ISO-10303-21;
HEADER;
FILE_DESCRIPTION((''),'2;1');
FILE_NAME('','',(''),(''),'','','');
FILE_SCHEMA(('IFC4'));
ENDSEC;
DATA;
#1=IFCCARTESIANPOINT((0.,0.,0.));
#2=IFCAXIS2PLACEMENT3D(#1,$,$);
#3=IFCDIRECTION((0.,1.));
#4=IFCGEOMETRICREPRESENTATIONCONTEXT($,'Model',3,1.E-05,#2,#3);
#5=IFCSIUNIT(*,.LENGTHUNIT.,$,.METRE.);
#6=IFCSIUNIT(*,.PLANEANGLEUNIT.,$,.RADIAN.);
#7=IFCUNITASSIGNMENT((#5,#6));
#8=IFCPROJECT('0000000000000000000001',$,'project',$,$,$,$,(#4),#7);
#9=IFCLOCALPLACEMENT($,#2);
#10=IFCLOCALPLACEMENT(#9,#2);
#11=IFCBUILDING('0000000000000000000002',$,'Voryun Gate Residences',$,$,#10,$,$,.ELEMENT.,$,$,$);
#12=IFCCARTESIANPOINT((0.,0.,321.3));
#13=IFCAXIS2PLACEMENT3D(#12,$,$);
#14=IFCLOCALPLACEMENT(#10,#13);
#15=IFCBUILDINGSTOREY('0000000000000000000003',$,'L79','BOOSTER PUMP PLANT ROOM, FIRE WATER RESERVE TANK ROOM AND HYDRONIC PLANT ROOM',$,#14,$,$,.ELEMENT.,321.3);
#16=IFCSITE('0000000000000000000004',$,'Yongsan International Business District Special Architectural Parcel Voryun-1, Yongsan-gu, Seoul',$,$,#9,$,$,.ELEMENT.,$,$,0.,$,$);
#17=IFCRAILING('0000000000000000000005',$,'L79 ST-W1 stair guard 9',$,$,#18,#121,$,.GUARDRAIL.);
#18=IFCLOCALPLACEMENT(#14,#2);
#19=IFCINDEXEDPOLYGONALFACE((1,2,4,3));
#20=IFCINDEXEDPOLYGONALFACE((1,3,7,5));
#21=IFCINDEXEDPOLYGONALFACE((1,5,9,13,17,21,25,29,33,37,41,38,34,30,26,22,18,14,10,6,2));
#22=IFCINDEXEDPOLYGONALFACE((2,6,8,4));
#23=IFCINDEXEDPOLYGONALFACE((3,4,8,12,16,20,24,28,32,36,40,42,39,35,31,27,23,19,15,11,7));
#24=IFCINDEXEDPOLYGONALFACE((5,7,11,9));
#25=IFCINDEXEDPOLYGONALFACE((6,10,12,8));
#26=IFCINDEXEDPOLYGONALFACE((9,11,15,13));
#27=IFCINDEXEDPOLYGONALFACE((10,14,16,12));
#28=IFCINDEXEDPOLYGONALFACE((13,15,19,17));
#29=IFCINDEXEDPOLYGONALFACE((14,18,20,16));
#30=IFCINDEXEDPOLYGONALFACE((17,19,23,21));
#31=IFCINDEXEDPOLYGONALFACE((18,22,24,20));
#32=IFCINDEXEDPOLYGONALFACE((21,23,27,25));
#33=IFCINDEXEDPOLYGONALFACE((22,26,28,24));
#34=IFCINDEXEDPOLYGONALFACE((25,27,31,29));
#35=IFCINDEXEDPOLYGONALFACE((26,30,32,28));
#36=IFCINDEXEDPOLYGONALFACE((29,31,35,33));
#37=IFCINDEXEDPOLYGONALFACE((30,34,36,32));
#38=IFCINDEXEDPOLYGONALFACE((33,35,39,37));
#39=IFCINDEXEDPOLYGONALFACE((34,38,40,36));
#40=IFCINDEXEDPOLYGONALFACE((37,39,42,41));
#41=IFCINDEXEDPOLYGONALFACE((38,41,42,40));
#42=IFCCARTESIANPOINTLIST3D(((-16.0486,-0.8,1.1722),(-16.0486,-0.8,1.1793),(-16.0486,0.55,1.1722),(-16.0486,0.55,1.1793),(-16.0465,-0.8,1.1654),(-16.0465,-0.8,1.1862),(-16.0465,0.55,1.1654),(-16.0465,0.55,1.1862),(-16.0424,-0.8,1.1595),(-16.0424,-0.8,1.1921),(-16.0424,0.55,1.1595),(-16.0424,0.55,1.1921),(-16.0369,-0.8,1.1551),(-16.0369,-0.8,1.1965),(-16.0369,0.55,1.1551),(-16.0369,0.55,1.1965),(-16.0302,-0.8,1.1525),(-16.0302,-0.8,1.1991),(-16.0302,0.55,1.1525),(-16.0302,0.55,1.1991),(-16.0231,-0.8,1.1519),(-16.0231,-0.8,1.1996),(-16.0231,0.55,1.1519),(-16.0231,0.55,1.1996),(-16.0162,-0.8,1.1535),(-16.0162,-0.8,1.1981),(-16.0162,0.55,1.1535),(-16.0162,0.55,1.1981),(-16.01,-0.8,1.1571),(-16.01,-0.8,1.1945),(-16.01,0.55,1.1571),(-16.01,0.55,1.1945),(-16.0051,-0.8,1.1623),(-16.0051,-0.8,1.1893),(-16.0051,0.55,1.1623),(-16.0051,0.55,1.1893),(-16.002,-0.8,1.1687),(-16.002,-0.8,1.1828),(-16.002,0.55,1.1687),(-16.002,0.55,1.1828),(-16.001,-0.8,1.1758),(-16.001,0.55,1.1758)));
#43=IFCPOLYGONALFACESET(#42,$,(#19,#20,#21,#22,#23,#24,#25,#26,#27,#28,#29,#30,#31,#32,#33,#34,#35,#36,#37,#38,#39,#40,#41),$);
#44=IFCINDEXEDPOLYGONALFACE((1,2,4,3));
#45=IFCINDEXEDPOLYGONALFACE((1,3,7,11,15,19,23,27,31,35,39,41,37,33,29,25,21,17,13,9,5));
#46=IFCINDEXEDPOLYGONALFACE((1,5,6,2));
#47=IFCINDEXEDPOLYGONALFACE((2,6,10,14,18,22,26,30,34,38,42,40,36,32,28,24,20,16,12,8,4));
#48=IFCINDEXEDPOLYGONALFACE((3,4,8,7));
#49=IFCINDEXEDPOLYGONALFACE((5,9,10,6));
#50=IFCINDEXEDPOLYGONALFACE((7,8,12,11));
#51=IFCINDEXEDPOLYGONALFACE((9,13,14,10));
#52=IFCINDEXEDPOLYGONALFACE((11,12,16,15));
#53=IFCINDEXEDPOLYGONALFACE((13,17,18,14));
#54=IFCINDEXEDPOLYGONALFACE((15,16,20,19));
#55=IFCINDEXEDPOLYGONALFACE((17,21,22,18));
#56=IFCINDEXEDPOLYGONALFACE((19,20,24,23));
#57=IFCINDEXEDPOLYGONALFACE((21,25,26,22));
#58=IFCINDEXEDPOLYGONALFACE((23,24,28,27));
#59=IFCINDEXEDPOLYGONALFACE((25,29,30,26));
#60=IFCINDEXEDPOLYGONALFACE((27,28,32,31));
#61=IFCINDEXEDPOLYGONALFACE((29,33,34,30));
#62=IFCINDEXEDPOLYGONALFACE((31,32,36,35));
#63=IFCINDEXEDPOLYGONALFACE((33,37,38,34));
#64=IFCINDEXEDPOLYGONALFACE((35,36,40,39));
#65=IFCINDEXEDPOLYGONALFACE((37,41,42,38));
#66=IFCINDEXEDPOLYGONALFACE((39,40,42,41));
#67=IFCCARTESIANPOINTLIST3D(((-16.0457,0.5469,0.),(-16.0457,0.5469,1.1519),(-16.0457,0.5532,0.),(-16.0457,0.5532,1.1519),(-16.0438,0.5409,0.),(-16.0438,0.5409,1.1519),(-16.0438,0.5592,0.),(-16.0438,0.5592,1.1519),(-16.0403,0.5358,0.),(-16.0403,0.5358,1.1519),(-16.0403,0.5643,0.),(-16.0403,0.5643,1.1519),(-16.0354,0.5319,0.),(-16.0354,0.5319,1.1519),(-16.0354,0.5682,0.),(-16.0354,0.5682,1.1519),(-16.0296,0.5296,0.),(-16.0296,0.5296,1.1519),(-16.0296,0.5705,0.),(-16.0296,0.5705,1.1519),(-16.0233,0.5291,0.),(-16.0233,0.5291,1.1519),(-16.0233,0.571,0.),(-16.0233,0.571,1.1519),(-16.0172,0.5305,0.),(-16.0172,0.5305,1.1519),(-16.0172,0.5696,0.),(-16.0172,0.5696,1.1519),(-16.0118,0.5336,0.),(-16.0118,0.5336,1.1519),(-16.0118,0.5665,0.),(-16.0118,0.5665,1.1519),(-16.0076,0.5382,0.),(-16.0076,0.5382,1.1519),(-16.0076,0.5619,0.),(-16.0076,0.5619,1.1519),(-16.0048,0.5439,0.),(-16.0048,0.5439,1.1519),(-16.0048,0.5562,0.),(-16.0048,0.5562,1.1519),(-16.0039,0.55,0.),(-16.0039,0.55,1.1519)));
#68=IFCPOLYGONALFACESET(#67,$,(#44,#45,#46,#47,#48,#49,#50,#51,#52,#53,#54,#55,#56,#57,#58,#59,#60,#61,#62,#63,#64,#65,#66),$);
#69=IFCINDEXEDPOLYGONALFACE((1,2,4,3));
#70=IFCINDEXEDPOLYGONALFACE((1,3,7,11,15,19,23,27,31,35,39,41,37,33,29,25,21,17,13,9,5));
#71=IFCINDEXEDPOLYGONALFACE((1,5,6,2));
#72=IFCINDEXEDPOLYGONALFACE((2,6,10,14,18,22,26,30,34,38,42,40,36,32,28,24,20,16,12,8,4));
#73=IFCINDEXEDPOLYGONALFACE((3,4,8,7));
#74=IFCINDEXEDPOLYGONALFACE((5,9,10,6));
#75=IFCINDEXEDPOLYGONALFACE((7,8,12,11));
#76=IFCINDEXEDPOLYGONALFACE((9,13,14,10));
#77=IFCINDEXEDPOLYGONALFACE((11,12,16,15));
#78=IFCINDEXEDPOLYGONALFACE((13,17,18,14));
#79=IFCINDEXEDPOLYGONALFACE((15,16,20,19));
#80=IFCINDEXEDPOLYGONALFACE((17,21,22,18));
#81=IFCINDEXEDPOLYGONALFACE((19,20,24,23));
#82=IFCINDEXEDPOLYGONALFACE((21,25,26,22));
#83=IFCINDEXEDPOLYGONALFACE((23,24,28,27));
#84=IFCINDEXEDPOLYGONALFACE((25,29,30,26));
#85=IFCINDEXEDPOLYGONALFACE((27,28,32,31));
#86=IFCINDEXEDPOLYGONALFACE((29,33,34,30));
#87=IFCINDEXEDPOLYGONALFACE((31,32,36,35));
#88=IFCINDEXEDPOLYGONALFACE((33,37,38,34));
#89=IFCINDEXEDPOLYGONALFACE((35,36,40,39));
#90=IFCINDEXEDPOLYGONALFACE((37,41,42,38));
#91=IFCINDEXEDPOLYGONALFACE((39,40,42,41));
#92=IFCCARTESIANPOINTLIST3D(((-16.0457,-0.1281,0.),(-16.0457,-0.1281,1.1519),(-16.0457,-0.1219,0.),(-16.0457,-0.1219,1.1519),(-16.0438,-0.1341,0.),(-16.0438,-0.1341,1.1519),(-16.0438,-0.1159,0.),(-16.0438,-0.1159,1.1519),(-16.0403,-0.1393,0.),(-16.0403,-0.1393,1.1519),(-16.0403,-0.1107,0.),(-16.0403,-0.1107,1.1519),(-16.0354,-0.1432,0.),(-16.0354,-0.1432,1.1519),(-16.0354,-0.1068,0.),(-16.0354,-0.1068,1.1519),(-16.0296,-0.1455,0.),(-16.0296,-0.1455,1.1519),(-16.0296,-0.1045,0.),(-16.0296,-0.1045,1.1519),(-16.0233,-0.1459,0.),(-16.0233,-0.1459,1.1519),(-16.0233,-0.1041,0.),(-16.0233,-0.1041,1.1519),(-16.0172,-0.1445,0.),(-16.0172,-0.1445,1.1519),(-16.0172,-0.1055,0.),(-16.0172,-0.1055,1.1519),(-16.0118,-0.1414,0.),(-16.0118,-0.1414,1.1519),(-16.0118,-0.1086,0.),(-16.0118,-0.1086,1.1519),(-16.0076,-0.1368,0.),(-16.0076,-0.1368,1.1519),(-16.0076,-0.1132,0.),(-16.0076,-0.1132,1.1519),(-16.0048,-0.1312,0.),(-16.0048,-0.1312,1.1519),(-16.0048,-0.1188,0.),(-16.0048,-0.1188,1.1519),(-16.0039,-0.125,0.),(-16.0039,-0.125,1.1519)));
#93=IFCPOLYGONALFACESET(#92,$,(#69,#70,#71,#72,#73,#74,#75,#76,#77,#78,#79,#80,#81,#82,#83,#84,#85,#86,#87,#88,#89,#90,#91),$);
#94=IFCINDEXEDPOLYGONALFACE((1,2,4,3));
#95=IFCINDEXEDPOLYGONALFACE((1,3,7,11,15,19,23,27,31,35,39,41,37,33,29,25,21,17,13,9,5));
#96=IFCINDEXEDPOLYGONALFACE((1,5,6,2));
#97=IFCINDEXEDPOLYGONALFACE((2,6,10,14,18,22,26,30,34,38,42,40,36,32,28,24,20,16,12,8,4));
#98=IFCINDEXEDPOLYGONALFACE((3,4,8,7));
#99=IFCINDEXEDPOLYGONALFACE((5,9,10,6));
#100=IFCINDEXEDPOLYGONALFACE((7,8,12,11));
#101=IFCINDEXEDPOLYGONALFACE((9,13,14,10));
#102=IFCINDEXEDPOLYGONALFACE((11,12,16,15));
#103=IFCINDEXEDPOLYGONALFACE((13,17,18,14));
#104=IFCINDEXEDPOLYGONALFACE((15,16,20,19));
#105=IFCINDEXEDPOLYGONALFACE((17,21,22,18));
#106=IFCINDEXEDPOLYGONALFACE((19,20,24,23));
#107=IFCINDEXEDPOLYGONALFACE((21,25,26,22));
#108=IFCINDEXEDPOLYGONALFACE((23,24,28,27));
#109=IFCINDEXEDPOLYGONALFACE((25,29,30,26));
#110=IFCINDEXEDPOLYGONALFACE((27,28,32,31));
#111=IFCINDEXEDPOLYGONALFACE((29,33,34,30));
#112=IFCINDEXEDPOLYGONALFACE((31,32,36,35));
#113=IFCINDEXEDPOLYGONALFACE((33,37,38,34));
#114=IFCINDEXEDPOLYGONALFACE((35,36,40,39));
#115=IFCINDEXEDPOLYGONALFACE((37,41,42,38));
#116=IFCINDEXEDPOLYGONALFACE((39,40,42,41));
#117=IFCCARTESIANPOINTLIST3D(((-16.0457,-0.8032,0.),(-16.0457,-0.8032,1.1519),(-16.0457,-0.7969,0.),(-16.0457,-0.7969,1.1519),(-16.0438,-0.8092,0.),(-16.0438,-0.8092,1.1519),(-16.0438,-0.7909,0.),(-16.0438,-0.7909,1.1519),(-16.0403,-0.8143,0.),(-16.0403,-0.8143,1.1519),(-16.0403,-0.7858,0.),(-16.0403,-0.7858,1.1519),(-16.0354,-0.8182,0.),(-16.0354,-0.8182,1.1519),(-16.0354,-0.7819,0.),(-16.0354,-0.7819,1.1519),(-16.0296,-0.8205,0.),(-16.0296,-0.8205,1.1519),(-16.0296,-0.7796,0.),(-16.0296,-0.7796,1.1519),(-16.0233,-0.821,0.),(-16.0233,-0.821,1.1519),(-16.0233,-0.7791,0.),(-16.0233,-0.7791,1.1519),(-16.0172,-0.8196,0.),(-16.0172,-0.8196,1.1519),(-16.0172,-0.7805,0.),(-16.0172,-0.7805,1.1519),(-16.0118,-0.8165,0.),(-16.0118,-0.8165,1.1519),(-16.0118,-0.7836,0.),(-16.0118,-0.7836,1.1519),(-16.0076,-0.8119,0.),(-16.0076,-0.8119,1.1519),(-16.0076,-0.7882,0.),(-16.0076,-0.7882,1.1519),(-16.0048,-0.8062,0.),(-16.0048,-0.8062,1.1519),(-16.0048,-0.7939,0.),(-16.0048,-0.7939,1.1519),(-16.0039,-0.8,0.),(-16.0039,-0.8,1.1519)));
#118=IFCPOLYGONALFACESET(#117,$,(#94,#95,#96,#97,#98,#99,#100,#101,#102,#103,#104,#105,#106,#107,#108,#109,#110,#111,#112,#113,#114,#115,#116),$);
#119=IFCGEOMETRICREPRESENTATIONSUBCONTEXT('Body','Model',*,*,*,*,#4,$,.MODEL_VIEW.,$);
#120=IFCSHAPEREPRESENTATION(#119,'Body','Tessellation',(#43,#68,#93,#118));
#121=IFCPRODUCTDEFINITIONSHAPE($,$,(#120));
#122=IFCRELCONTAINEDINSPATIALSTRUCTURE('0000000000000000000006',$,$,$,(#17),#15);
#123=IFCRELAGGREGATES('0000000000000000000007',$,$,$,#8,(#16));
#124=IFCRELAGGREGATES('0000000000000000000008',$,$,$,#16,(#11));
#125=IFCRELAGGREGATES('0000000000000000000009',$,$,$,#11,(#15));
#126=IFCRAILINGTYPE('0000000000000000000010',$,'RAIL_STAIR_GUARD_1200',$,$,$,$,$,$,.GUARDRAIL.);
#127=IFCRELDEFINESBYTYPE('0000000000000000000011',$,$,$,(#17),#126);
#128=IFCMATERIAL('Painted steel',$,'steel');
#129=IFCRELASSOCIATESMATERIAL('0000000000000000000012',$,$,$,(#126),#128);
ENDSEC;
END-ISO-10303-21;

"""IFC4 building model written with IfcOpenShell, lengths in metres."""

from ifc_helpers import new_model, si_unit, direction, frame, origin, origin_2d, place, context, subcontext, project, spatial, circle, extrude, material, type_object, element, save


model = new_model("IFC4")

# Units and contexts
model_context = context("Model", 3, precision=1e-05, world=origin(), true_north=direction((0.0, 1.0)))
body_context = subcontext(model_context, "Body", "Model", "MODEL_VIEW")
ifc_project = project(units=[si_unit("LENGTHUNIT", "METRE"), si_unit("PLANEANGLEUNIT", "RADIAN")], contexts=[model_context])

# Site, building, storey
site_placement = place(None, origin())
site = spatial("IfcSite", under=ifc_project, at=site_placement, Name="Yongsan International Business District Special Architectural Parcel Voryun-1, Yongsan-gu, Seoul", CompositionType="ELEMENT", RefElevation=0.0)
building_placement = place(site_placement, origin())
building = spatial("IfcBuilding", under=site, at=building_placement, Name="Voryun Gate Residences", CompositionType="ELEMENT")
storey_placement = place(building_placement, frame((0.0, 0.0, 321.3)))
storey = spatial("IfcBuildingStorey", under=building, at=storey_placement, Name="L79", Description="BOOSTER PUMP PLANT ROOM, FIRE WATER RESERVE TANK ROOM AND HYDRONIC PLANT ROOM", CompositionType="ELEMENT", Elevation=321.3)

# Railing
ifc_material_1 = material(Name="Painted steel", Category="steel")
railing_type = type_object("IfcRailingType", Name="RAIL_STAIR_GUARD_1200", PredefinedType="GUARDRAIL", material=ifc_material_1)
for number, where, name in (
    (1, (-16.0249, 0.55, 0.0), "L79 ST-W1 stair guard 9"),
):
    element("IfcRailing", number, at=place(storey_placement, frame(where)), inside=storey, type_object=railing_type, Name=name, PredefinedType="GUARDRAIL", context=body_context, shape_type="SweptSolid", body=[
        extrude(circle(Radius=0.0239, at=origin_2d()), frame((0.0, 0.0, 1.1758), z_axis=(0.0, -1.0, 0.0), x_axis=(1.0, 0.0, 0.0)), (0.0, 0.0, 1.0), 1.3501),
        extrude(circle(Radius=0.021, at=origin_2d()), origin(), (0.0, 0.0, 1.0), 1.1519),
        extrude(circle(Radius=0.021, at=origin_2d()), frame((0.0, -0.675, 0.0)), (0.0, 0.0, 1.0), 1.1519),
        extrude(circle(Radius=0.021, at=origin_2d()), frame((0.0, -1.3501, 0.0)), (0.0, 0.0, 1.0), 1.1519),
    ])

save(model, "model.ifc")
